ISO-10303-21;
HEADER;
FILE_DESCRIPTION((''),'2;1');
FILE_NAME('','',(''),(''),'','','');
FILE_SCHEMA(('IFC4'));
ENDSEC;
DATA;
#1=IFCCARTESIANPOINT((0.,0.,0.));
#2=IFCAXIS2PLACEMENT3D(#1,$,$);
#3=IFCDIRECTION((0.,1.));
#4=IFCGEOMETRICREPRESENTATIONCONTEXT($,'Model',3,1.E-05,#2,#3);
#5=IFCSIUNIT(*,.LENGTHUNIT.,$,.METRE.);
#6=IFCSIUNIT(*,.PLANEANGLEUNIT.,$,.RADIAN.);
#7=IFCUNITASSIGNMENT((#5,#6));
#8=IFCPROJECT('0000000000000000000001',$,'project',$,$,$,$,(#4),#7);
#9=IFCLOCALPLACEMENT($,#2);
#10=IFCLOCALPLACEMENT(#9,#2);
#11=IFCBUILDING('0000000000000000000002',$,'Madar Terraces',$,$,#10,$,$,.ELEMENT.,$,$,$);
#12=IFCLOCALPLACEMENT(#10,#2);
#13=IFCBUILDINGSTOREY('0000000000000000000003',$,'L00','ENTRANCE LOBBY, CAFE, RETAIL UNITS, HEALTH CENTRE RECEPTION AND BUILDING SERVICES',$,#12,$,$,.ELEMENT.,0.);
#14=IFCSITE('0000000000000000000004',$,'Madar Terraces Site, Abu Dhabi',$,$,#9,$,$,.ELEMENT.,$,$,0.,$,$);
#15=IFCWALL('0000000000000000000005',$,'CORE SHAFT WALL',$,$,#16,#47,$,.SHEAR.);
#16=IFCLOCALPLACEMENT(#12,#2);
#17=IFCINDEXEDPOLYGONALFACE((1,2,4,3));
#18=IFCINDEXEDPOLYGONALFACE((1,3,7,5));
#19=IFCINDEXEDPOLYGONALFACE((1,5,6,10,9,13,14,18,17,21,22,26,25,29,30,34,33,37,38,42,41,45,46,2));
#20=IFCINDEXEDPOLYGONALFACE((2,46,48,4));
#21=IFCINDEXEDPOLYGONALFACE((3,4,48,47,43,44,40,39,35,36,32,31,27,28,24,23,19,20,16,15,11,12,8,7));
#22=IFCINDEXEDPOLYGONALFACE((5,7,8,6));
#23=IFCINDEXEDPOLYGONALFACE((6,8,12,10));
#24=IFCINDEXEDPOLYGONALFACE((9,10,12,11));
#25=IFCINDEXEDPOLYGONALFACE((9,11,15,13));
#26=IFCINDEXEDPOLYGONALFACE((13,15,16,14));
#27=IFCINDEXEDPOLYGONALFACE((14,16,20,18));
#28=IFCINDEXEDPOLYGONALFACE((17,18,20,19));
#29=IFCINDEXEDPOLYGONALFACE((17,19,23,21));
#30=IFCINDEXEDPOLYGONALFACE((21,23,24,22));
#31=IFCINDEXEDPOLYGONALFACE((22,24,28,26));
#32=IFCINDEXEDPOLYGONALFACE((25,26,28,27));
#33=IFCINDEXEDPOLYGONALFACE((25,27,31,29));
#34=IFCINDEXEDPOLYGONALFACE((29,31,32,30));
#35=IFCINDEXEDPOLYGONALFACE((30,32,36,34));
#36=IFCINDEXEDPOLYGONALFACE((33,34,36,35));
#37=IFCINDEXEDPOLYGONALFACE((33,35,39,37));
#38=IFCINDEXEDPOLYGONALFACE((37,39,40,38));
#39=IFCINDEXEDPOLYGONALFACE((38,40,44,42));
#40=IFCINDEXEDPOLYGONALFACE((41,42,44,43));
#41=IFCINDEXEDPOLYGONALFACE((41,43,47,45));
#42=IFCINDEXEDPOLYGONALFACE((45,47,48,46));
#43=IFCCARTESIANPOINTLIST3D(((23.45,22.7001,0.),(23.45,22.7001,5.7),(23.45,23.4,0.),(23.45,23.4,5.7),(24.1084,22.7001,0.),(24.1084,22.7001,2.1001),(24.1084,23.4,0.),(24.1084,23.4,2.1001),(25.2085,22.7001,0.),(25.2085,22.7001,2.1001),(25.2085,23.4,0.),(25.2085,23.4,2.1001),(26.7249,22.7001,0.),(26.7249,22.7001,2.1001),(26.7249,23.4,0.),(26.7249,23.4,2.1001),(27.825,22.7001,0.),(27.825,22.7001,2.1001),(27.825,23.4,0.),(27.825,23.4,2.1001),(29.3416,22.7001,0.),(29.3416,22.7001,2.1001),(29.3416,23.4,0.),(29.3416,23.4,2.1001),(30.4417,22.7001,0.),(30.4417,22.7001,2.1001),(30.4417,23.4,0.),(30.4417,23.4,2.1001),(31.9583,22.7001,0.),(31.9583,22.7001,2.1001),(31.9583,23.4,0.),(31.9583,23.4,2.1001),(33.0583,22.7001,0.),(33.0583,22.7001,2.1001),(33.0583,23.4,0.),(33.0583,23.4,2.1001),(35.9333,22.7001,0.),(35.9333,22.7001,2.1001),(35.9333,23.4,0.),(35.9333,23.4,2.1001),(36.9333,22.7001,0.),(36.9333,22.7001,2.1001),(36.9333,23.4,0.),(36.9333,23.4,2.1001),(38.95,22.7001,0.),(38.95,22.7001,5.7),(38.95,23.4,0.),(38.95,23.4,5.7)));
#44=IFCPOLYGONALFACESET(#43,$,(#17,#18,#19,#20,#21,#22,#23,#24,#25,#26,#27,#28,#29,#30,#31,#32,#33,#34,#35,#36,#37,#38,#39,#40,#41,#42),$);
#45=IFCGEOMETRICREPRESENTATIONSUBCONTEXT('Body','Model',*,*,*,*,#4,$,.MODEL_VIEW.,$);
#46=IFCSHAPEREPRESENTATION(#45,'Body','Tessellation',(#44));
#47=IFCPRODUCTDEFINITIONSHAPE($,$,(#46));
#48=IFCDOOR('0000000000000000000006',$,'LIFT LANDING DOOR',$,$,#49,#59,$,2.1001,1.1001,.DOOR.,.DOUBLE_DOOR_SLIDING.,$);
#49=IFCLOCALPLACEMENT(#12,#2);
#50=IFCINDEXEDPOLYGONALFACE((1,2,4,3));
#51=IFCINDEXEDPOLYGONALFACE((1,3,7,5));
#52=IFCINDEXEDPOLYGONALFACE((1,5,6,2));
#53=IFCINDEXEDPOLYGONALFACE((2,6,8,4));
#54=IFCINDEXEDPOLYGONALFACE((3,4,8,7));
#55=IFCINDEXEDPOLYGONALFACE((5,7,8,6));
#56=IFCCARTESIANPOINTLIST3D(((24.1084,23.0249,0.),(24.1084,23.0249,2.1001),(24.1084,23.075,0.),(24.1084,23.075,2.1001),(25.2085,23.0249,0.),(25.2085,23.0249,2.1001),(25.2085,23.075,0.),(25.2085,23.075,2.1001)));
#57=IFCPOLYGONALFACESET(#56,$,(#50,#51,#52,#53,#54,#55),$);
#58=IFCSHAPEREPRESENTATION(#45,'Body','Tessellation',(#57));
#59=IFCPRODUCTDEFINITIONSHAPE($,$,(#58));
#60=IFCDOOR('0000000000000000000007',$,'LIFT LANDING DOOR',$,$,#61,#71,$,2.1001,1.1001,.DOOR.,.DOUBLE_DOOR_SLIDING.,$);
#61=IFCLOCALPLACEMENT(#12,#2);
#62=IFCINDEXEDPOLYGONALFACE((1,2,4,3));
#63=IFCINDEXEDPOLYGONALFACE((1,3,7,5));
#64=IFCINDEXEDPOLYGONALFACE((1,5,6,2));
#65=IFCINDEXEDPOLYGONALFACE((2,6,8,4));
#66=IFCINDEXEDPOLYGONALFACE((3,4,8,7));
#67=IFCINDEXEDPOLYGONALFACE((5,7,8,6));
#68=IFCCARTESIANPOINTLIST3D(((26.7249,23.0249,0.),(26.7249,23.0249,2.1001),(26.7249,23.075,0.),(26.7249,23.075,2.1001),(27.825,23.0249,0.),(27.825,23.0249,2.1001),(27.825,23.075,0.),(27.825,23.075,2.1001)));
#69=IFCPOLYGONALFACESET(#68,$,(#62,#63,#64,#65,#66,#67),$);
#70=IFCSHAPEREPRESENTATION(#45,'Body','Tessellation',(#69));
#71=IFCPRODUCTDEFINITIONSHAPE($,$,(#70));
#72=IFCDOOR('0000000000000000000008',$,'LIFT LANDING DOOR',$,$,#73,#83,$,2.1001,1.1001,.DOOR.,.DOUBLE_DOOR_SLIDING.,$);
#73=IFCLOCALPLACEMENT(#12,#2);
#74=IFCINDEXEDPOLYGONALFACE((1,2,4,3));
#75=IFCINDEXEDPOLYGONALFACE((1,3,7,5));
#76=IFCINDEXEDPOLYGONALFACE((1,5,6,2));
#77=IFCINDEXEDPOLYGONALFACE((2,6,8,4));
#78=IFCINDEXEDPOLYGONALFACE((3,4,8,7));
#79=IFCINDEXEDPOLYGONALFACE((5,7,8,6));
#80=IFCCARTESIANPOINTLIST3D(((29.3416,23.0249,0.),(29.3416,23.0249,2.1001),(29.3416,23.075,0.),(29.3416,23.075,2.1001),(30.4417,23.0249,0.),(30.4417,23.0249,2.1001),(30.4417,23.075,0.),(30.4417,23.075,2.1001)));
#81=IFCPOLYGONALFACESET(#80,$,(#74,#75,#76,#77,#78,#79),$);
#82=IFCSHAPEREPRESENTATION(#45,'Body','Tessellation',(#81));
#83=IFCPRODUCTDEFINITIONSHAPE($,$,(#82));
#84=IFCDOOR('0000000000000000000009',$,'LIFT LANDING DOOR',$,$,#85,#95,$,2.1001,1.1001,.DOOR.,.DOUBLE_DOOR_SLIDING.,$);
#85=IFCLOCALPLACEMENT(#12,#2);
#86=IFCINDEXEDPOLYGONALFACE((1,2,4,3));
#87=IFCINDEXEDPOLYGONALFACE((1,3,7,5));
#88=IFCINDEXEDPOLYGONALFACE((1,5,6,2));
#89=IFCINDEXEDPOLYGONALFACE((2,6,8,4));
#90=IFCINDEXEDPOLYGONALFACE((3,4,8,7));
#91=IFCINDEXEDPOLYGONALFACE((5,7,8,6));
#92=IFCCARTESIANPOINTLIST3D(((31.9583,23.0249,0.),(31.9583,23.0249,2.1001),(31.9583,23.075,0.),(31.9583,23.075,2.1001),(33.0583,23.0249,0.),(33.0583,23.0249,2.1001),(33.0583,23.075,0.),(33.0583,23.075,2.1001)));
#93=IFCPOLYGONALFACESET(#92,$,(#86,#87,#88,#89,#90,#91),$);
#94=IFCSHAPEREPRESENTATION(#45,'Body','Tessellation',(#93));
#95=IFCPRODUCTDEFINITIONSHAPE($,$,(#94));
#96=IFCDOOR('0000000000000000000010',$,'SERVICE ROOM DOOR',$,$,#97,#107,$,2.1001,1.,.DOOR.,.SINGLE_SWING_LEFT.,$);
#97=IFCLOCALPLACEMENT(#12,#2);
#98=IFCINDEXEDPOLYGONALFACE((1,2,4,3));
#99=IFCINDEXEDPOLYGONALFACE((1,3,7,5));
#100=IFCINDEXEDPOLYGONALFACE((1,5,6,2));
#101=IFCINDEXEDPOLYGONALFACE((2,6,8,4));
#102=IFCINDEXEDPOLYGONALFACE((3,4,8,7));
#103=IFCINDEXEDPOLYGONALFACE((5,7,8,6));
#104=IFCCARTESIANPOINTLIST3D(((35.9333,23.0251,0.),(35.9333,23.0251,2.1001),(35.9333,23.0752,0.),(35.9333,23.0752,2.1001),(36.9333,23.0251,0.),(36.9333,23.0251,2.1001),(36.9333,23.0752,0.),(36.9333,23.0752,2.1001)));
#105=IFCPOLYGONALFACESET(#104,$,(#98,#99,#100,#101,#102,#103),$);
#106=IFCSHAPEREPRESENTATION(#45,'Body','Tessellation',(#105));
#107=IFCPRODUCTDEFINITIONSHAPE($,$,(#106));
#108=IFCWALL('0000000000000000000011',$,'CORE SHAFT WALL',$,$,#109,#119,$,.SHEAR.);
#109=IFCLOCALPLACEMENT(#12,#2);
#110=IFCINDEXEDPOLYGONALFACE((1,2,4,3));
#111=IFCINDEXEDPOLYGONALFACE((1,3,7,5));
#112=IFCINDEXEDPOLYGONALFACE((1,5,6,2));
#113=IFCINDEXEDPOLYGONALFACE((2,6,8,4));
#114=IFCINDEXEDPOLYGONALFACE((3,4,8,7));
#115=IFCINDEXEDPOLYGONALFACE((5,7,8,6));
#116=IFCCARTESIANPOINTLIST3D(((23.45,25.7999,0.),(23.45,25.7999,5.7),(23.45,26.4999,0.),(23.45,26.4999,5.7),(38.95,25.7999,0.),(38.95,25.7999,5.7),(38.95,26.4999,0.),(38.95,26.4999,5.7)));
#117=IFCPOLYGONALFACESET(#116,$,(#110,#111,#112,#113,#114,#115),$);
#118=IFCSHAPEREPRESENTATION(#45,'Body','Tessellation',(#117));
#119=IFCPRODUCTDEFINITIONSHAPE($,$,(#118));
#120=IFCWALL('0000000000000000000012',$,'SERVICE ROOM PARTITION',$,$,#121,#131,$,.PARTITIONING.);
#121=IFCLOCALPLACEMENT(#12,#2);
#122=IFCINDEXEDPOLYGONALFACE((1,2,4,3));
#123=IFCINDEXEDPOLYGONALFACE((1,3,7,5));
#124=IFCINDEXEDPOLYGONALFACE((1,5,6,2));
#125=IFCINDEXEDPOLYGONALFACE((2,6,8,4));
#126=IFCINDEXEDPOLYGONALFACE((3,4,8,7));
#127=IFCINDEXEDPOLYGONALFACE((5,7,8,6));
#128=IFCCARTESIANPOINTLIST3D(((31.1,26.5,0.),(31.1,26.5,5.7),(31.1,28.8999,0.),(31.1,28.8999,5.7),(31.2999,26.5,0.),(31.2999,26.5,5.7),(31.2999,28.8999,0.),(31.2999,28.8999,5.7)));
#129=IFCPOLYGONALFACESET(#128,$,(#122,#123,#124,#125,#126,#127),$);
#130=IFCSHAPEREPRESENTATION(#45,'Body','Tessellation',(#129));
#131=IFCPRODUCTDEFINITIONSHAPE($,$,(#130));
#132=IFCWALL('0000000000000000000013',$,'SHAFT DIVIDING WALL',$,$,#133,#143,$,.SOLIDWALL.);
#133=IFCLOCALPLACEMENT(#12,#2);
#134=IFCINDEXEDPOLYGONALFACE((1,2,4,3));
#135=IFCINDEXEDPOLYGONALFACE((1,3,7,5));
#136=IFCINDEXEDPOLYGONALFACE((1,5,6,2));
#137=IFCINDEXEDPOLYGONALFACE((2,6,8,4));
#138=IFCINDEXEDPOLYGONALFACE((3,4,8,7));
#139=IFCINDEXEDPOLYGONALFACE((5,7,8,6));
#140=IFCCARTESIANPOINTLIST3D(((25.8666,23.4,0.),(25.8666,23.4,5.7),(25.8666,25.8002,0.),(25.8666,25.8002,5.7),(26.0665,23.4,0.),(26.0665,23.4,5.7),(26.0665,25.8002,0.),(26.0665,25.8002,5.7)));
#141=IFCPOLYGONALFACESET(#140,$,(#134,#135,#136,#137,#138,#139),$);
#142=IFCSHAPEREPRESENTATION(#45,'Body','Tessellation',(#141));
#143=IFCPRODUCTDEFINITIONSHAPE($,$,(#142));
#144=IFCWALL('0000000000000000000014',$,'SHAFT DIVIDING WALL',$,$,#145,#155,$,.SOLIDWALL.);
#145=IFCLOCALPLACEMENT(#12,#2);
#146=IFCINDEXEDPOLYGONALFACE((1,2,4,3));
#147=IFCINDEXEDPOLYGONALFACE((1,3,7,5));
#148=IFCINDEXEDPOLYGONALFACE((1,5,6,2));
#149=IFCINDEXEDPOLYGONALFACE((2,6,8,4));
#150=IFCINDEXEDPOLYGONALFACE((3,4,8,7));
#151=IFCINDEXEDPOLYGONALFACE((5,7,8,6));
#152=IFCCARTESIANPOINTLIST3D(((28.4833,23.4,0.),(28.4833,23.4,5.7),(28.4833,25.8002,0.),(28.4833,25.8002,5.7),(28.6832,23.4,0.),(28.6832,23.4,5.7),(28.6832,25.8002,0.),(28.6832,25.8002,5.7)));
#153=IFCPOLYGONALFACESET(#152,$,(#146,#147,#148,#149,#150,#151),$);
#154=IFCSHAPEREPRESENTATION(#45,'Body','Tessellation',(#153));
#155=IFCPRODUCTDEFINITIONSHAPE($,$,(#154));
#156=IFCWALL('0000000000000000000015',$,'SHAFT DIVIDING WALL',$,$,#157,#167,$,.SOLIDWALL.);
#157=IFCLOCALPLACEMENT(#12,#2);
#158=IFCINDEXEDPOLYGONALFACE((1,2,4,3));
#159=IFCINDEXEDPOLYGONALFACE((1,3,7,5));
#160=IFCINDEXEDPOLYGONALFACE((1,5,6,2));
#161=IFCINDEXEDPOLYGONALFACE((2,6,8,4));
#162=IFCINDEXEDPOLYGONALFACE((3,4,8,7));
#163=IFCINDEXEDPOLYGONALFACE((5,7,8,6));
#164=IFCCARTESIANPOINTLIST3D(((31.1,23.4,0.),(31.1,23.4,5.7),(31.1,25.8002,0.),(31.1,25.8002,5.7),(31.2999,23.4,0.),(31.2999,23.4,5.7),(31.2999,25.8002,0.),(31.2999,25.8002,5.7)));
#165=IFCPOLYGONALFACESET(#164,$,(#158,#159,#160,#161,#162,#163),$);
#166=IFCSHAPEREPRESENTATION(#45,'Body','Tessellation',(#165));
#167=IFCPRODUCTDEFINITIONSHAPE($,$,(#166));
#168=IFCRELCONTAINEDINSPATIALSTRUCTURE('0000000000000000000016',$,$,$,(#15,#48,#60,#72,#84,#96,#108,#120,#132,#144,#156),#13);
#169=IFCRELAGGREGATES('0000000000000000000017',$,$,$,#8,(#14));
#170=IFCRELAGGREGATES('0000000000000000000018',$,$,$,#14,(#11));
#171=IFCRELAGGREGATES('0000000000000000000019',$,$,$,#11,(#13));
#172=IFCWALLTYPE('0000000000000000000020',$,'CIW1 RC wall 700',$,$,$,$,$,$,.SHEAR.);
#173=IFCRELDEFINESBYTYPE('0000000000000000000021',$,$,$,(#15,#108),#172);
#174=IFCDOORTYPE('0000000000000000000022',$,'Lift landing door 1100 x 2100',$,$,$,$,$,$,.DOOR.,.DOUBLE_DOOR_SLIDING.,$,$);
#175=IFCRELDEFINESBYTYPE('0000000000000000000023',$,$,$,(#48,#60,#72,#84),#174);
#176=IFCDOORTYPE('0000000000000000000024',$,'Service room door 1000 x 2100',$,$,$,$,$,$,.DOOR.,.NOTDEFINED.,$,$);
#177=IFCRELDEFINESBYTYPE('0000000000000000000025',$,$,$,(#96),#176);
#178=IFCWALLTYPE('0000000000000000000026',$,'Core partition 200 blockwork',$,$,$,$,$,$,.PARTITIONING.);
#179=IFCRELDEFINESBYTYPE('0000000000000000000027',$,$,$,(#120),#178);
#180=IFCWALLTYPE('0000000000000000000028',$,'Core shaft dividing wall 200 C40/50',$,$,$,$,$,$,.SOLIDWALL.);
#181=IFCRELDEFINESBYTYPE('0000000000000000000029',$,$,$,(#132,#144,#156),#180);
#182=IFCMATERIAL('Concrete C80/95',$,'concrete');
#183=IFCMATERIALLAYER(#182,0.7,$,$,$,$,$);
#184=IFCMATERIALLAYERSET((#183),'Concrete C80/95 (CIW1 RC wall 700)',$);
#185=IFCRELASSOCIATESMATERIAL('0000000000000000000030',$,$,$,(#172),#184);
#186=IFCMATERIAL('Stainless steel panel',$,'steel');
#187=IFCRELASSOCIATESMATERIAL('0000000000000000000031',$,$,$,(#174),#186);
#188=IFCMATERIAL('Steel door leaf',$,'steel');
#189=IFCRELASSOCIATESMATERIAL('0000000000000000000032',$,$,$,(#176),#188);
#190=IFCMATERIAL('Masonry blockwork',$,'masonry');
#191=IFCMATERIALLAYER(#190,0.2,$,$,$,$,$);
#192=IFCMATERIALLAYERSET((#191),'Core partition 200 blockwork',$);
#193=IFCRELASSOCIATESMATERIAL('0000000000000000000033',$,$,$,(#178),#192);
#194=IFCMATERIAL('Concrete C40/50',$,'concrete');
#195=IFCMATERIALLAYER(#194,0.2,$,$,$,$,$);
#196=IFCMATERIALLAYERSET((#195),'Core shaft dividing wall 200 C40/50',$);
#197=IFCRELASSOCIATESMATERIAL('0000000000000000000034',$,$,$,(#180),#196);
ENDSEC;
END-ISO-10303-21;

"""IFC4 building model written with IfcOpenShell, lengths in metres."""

from ifc_helpers import new_model, si_unit, direction, frame, frame_2d, origin, place, context, subcontext, project, spatial, rectangle, extrude, material, layer, layer_set, type_object, element, fill, save


model = new_model("IFC4")

# Units and contexts
model_context = context("Model", 3, precision=1e-05, world=origin(), true_north=direction((0.0, 1.0)))
body_context = subcontext(model_context, "Body", "Model", "MODEL_VIEW")
ifc_project = project(units=[si_unit("LENGTHUNIT", "METRE"), si_unit("PLANEANGLEUNIT", "RADIAN")], contexts=[model_context])

# Site, building, storey
site_placement = place(None, origin())
site = spatial("IfcSite", under=ifc_project, at=site_placement, Name="Madar Terraces Site, Abu Dhabi", CompositionType="ELEMENT", RefElevation=0.0)
building_placement = place(site_placement, origin())
building = spatial("IfcBuilding", under=site, at=building_placement, Name="Madar Terraces", CompositionType="ELEMENT")
storey_placement = place(building_placement, origin())
storey = spatial("IfcBuildingStorey", under=building, at=storey_placement, Name="L00", Description="ENTRANCE LOBBY, CAFE, RETAIL UNITS, HEALTH CENTRE RECEPTION AND BUILDING SERVICES", CompositionType="ELEMENT", Elevation=0.0)

# Wall, openings, doors
ifc_material_1 = material(Name="Concrete C80/95", Category="concrete")
ifc_layer_1 = layer(ifc_material_1, 0.7)
ifc_layer_set_1 = layer_set([ifc_layer_1], Name="Concrete C80/95 (CIW1 RC wall 700)")
wall_type_1 = type_object("IfcWallType", Name="CIW1 RC wall 700", PredefinedType="SHEAR", material=ifc_layer_set_1)
wall_1_placement = place(storey_placement, frame((23.45, 23.05, 0.0), z_axis=(0.0, 0.0, 1.0), x_axis=(1.0, 0.0, 0.0)))
wall_1 = element("IfcWall", 1, at=wall_1_placement, inside=storey, type_object=wall_type_1, Name="CORE SHAFT WALL", PredefinedType="SHEAR", context=body_context, shape_type="SweptSolid", body=[
    extrude(rectangle(XDim=15.5, YDim=0.7, at=frame_2d((7.75, 0.0))), origin(), (0.0, 0.0, 1.0), 5.7),
])
opening_1_placement = place(wall_1_placement, frame((0.6584, 0.0, 0.0)))
opening_1 = element("IfcOpeningElement", 2, at=opening_1_placement, cuts=wall_1, PredefinedType="OPENING", context=body_context, shape_type="SweptSolid", body=[
    extrude(rectangle(XDim=1.1001, YDim=2.1001, at=frame_2d((0.55, 1.05))), frame((0.0, 0.3599, 0.0), z_axis=(0.0, -1.0, 0.0), x_axis=(1.0, 0.0, 0.0)), (0.0, 0.0, 1.0), 0.72),
])
opening_2_placement = place(wall_1_placement, frame((3.2749, 0.0, 0.0)))
opening_2 = element("IfcOpeningElement", 3, at=opening_2_placement, cuts=wall_1, PredefinedType="OPENING", context=body_context, shape_type="SweptSolid", body=[
    extrude(rectangle(XDim=1.1001, YDim=2.1001, at=frame_2d((0.55, 1.05))), frame((0.0, 0.3599, 0.0), z_axis=(0.0, -1.0, 0.0), x_axis=(1.0, 0.0, 0.0)), (0.0, 0.0, 1.0), 0.72),
])
opening_3_placement = place(wall_1_placement, frame((5.8916, 0.0, 0.0)))
opening_3 = element("IfcOpeningElement", 4, at=opening_3_placement, cuts=wall_1, PredefinedType="OPENING", context=body_context, shape_type="SweptSolid", body=[
    extrude(rectangle(XDim=1.1001, YDim=2.1001, at=frame_2d((0.55, 1.05))), frame((0.0, 0.3599, 0.0), z_axis=(0.0, -1.0, 0.0), x_axis=(1.0, 0.0, 0.0)), (0.0, 0.0, 1.0), 0.72),
])
opening_4_placement = place(wall_1_placement, frame((8.5083, 0.0, 0.0)))
opening_4 = element("IfcOpeningElement", 5, at=opening_4_placement, cuts=wall_1, PredefinedType="OPENING", context=body_context, shape_type="SweptSolid", body=[
    extrude(rectangle(XDim=1.1001, YDim=2.1001, at=frame_2d((0.55, 1.05))), frame((0.0, 0.3599, 0.0), z_axis=(0.0, -1.0, 0.0), x_axis=(1.0, 0.0, 0.0)), (0.0, 0.0, 1.0), 0.72),
])
opening_5_placement = place(wall_1_placement, frame((12.4834, 0.0, 0.0)))
opening_5 = element("IfcOpeningElement", 6, at=opening_5_placement, cuts=wall_1, PredefinedType="OPENING", context=body_context, shape_type="SweptSolid", body=[
    extrude(rectangle(XDim=1.0, YDim=2.1001, at=frame_2d((0.5, 1.05))), frame((0.0, 0.3599, 0.0), z_axis=(0.0, -1.0, 0.0), x_axis=(1.0, 0.0, 0.0)), (0.0, 0.0, 1.0), 0.72),
])
ifc_material_2 = material(Name="Stainless steel panel", Category="steel")
door_type_1 = type_object("IfcDoorType", Name="Lift landing door 1100 x 2100", OperationType="DOUBLE_DOOR_SLIDING", PredefinedType="DOOR", material=ifc_material_2)
door_1_placement = place(opening_1_placement, origin())
door_1 = element("IfcDoor", 7, at=door_1_placement, inside=storey, type_object=door_type_1, Name="LIFT LANDING DOOR", OperationType="DOUBLE_DOOR_SLIDING", OverallHeight=2.1001, OverallWidth=1.1001, PredefinedType="DOOR", context=body_context, shape_type="SweptSolid", body=[
    extrude(rectangle(XDim=1.1001, YDim=2.1001, at=frame_2d((0.55, 1.05))), frame((0.0, 0.0249, 0.0), z_axis=(0.0, -1.0, 0.0), x_axis=(1.0, 0.0, 0.0)), (0.0, 0.0, 1.0), 0.05),
])
fill(opening_1, door_1)
door_2_placement = place(opening_2_placement, origin())
door_2 = element("IfcDoor", 8, at=door_2_placement, inside=storey, type_object=door_type_1, Name="LIFT LANDING DOOR", OperationType="DOUBLE_DOOR_SLIDING", OverallHeight=2.1001, OverallWidth=1.1001, PredefinedType="DOOR", context=body_context, shape_type="SweptSolid", body=[
    extrude(rectangle(XDim=1.1001, YDim=2.1001, at=frame_2d((0.55, 1.05))), frame((0.0, 0.0249, 0.0), z_axis=(0.0, -1.0, 0.0), x_axis=(1.0, 0.0, 0.0)), (0.0, 0.0, 1.0), 0.05),
])
fill(opening_2, door_2)
door_3_placement = place(opening_3_placement, origin())
door_3 = element("IfcDoor", 9, at=door_3_placement, inside=storey, type_object=door_type_1, Name="LIFT LANDING DOOR", OperationType="DOUBLE_DOOR_SLIDING", OverallHeight=2.1001, OverallWidth=1.1001, PredefinedType="DOOR", context=body_context, shape_type="SweptSolid", body=[
    extrude(rectangle(XDim=1.1001, YDim=2.1001, at=frame_2d((0.55, 1.05))), frame((0.0, 0.0249, 0.0), z_axis=(0.0, -1.0, 0.0), x_axis=(1.0, 0.0, 0.0)), (0.0, 0.0, 1.0), 0.05),
])
fill(opening_3, door_3)
door_4_placement = place(opening_4_placement, origin())
door_4 = element("IfcDoor", 10, at=door_4_placement, inside=storey, type_object=door_type_1, Name="LIFT LANDING DOOR", OperationType="DOUBLE_DOOR_SLIDING", OverallHeight=2.1001, OverallWidth=1.1001, PredefinedType="DOOR", context=body_context, shape_type="SweptSolid", body=[
    extrude(rectangle(XDim=1.1001, YDim=2.1001, at=frame_2d((0.55, 1.05))), frame((0.0, 0.0249, 0.0), z_axis=(0.0, -1.0, 0.0), x_axis=(1.0, 0.0, 0.0)), (0.0, 0.0, 1.0), 0.05),
])
fill(opening_4, door_4)
ifc_material_3 = material(Name="Steel door leaf", Category="steel")
door_type_2 = type_object("IfcDoorType", Name="Service room door 1000 x 2100", OperationType="NOTDEFINED", PredefinedType="DOOR", material=ifc_material_3)
door_5_placement = place(opening_5_placement, frame((1.0, 0.0, 0.0), z_axis=(0.0, 0.0, 1.0), x_axis=(-1.0, 0.0, 0.0)))
door_5 = element("IfcDoor", 11, at=door_5_placement, inside=storey, type_object=door_type_2, Name="SERVICE ROOM DOOR", OperationType="SINGLE_SWING_LEFT", OverallHeight=2.1001, OverallWidth=1.0, PredefinedType="DOOR", context=body_context, shape_type="SweptSolid", body=[
    extrude(rectangle(XDim=1.0, YDim=2.1001, at=frame_2d((0.5, 1.05))), frame((0.0, 0.0249, 0.0), z_axis=(0.0, -1.0, 0.0), x_axis=(1.0, 0.0, 0.0)), (0.0, 0.0, 1.0), 0.05),
])
fill(opening_5, door_5)

# Walls
wall_2_placement = place(storey_placement, frame((23.45, 26.1499, 0.0), z_axis=(0.0, 0.0, 1.0), x_axis=(1.0, 0.0, 0.0)))
element("IfcWall", 12, at=wall_2_placement, inside=storey, type_object=wall_type_1, Name="CORE SHAFT WALL", PredefinedType="SHEAR", context=body_context, shape_type="SweptSolid", body=[
    extrude(rectangle(XDim=15.5, YDim=0.7, at=frame_2d((7.75, 0.0))), origin(), (0.0, 0.0, 1.0), 5.7),
])
ifc_material_4 = material(Name="Masonry blockwork", Category="masonry")
ifc_layer_2 = layer(ifc_material_4, 0.2)
ifc_layer_set_2 = layer_set([ifc_layer_2], Name="Core partition 200 blockwork")
wall_type_2 = type_object("IfcWallType", Name="Core partition 200 blockwork", PredefinedType="PARTITIONING", material=ifc_layer_set_2)
wall_3_placement = place(storey_placement, frame((31.2, 26.5, 0.0), z_axis=(0.0, 0.0, 1.0), x_axis=(0.0, 1.0, 0.0)))
element("IfcWall", 13, at=wall_3_placement, inside=storey, type_object=wall_type_2, Name="SERVICE ROOM PARTITION", PredefinedType="PARTITIONING", context=body_context, shape_type="SweptSolid", body=[
    extrude(rectangle(XDim=2.3999, YDim=0.2, at=frame_2d((1.2, 0.0))), origin(), (0.0, 0.0, 1.0), 5.7),
])
ifc_material_5 = material(Name="Concrete C40/50", Category="concrete")
ifc_layer_3 = layer(ifc_material_5, 0.2)
ifc_layer_set_3 = layer_set([ifc_layer_3], Name="Core shaft dividing wall 200 C40/50")
wall_type_3 = type_object("IfcWallType", Name="Core shaft dividing wall 200 C40/50", PredefinedType="SOLIDWALL", material=ifc_layer_set_3)
for number, where, z_axis, x_axis, name in (
    (14, (25.9666, 23.3999, 0.0), (0.0, 0.0, 1.0), (0.0, 1.0, 0.0), "SHAFT DIVIDING WALL"),
    (15, (28.5833, 23.3999, 0.0), (0.0, 0.0, 1.0), (0.0, 1.0, 0.0), "SHAFT DIVIDING WALL"),
    (16, (31.2, 23.3999, 0.0), (0.0, 0.0, 1.0), (0.0, 1.0, 0.0), "SHAFT DIVIDING WALL"),
):
    element("IfcWall", number, at=place(storey_placement, frame(where, z_axis=z_axis, x_axis=x_axis)), inside=storey, type_object=wall_type_3, Name=name, PredefinedType="SOLIDWALL", context=body_context, shape_type="SweptSolid", body=[
        extrude(rectangle(XDim=2.4001, YDim=0.2, at=frame_2d((1.2002, 0.0))), origin(), (0.0, 0.0, 1.0), 5.7),
    ])

save(model, "model.ifc")
